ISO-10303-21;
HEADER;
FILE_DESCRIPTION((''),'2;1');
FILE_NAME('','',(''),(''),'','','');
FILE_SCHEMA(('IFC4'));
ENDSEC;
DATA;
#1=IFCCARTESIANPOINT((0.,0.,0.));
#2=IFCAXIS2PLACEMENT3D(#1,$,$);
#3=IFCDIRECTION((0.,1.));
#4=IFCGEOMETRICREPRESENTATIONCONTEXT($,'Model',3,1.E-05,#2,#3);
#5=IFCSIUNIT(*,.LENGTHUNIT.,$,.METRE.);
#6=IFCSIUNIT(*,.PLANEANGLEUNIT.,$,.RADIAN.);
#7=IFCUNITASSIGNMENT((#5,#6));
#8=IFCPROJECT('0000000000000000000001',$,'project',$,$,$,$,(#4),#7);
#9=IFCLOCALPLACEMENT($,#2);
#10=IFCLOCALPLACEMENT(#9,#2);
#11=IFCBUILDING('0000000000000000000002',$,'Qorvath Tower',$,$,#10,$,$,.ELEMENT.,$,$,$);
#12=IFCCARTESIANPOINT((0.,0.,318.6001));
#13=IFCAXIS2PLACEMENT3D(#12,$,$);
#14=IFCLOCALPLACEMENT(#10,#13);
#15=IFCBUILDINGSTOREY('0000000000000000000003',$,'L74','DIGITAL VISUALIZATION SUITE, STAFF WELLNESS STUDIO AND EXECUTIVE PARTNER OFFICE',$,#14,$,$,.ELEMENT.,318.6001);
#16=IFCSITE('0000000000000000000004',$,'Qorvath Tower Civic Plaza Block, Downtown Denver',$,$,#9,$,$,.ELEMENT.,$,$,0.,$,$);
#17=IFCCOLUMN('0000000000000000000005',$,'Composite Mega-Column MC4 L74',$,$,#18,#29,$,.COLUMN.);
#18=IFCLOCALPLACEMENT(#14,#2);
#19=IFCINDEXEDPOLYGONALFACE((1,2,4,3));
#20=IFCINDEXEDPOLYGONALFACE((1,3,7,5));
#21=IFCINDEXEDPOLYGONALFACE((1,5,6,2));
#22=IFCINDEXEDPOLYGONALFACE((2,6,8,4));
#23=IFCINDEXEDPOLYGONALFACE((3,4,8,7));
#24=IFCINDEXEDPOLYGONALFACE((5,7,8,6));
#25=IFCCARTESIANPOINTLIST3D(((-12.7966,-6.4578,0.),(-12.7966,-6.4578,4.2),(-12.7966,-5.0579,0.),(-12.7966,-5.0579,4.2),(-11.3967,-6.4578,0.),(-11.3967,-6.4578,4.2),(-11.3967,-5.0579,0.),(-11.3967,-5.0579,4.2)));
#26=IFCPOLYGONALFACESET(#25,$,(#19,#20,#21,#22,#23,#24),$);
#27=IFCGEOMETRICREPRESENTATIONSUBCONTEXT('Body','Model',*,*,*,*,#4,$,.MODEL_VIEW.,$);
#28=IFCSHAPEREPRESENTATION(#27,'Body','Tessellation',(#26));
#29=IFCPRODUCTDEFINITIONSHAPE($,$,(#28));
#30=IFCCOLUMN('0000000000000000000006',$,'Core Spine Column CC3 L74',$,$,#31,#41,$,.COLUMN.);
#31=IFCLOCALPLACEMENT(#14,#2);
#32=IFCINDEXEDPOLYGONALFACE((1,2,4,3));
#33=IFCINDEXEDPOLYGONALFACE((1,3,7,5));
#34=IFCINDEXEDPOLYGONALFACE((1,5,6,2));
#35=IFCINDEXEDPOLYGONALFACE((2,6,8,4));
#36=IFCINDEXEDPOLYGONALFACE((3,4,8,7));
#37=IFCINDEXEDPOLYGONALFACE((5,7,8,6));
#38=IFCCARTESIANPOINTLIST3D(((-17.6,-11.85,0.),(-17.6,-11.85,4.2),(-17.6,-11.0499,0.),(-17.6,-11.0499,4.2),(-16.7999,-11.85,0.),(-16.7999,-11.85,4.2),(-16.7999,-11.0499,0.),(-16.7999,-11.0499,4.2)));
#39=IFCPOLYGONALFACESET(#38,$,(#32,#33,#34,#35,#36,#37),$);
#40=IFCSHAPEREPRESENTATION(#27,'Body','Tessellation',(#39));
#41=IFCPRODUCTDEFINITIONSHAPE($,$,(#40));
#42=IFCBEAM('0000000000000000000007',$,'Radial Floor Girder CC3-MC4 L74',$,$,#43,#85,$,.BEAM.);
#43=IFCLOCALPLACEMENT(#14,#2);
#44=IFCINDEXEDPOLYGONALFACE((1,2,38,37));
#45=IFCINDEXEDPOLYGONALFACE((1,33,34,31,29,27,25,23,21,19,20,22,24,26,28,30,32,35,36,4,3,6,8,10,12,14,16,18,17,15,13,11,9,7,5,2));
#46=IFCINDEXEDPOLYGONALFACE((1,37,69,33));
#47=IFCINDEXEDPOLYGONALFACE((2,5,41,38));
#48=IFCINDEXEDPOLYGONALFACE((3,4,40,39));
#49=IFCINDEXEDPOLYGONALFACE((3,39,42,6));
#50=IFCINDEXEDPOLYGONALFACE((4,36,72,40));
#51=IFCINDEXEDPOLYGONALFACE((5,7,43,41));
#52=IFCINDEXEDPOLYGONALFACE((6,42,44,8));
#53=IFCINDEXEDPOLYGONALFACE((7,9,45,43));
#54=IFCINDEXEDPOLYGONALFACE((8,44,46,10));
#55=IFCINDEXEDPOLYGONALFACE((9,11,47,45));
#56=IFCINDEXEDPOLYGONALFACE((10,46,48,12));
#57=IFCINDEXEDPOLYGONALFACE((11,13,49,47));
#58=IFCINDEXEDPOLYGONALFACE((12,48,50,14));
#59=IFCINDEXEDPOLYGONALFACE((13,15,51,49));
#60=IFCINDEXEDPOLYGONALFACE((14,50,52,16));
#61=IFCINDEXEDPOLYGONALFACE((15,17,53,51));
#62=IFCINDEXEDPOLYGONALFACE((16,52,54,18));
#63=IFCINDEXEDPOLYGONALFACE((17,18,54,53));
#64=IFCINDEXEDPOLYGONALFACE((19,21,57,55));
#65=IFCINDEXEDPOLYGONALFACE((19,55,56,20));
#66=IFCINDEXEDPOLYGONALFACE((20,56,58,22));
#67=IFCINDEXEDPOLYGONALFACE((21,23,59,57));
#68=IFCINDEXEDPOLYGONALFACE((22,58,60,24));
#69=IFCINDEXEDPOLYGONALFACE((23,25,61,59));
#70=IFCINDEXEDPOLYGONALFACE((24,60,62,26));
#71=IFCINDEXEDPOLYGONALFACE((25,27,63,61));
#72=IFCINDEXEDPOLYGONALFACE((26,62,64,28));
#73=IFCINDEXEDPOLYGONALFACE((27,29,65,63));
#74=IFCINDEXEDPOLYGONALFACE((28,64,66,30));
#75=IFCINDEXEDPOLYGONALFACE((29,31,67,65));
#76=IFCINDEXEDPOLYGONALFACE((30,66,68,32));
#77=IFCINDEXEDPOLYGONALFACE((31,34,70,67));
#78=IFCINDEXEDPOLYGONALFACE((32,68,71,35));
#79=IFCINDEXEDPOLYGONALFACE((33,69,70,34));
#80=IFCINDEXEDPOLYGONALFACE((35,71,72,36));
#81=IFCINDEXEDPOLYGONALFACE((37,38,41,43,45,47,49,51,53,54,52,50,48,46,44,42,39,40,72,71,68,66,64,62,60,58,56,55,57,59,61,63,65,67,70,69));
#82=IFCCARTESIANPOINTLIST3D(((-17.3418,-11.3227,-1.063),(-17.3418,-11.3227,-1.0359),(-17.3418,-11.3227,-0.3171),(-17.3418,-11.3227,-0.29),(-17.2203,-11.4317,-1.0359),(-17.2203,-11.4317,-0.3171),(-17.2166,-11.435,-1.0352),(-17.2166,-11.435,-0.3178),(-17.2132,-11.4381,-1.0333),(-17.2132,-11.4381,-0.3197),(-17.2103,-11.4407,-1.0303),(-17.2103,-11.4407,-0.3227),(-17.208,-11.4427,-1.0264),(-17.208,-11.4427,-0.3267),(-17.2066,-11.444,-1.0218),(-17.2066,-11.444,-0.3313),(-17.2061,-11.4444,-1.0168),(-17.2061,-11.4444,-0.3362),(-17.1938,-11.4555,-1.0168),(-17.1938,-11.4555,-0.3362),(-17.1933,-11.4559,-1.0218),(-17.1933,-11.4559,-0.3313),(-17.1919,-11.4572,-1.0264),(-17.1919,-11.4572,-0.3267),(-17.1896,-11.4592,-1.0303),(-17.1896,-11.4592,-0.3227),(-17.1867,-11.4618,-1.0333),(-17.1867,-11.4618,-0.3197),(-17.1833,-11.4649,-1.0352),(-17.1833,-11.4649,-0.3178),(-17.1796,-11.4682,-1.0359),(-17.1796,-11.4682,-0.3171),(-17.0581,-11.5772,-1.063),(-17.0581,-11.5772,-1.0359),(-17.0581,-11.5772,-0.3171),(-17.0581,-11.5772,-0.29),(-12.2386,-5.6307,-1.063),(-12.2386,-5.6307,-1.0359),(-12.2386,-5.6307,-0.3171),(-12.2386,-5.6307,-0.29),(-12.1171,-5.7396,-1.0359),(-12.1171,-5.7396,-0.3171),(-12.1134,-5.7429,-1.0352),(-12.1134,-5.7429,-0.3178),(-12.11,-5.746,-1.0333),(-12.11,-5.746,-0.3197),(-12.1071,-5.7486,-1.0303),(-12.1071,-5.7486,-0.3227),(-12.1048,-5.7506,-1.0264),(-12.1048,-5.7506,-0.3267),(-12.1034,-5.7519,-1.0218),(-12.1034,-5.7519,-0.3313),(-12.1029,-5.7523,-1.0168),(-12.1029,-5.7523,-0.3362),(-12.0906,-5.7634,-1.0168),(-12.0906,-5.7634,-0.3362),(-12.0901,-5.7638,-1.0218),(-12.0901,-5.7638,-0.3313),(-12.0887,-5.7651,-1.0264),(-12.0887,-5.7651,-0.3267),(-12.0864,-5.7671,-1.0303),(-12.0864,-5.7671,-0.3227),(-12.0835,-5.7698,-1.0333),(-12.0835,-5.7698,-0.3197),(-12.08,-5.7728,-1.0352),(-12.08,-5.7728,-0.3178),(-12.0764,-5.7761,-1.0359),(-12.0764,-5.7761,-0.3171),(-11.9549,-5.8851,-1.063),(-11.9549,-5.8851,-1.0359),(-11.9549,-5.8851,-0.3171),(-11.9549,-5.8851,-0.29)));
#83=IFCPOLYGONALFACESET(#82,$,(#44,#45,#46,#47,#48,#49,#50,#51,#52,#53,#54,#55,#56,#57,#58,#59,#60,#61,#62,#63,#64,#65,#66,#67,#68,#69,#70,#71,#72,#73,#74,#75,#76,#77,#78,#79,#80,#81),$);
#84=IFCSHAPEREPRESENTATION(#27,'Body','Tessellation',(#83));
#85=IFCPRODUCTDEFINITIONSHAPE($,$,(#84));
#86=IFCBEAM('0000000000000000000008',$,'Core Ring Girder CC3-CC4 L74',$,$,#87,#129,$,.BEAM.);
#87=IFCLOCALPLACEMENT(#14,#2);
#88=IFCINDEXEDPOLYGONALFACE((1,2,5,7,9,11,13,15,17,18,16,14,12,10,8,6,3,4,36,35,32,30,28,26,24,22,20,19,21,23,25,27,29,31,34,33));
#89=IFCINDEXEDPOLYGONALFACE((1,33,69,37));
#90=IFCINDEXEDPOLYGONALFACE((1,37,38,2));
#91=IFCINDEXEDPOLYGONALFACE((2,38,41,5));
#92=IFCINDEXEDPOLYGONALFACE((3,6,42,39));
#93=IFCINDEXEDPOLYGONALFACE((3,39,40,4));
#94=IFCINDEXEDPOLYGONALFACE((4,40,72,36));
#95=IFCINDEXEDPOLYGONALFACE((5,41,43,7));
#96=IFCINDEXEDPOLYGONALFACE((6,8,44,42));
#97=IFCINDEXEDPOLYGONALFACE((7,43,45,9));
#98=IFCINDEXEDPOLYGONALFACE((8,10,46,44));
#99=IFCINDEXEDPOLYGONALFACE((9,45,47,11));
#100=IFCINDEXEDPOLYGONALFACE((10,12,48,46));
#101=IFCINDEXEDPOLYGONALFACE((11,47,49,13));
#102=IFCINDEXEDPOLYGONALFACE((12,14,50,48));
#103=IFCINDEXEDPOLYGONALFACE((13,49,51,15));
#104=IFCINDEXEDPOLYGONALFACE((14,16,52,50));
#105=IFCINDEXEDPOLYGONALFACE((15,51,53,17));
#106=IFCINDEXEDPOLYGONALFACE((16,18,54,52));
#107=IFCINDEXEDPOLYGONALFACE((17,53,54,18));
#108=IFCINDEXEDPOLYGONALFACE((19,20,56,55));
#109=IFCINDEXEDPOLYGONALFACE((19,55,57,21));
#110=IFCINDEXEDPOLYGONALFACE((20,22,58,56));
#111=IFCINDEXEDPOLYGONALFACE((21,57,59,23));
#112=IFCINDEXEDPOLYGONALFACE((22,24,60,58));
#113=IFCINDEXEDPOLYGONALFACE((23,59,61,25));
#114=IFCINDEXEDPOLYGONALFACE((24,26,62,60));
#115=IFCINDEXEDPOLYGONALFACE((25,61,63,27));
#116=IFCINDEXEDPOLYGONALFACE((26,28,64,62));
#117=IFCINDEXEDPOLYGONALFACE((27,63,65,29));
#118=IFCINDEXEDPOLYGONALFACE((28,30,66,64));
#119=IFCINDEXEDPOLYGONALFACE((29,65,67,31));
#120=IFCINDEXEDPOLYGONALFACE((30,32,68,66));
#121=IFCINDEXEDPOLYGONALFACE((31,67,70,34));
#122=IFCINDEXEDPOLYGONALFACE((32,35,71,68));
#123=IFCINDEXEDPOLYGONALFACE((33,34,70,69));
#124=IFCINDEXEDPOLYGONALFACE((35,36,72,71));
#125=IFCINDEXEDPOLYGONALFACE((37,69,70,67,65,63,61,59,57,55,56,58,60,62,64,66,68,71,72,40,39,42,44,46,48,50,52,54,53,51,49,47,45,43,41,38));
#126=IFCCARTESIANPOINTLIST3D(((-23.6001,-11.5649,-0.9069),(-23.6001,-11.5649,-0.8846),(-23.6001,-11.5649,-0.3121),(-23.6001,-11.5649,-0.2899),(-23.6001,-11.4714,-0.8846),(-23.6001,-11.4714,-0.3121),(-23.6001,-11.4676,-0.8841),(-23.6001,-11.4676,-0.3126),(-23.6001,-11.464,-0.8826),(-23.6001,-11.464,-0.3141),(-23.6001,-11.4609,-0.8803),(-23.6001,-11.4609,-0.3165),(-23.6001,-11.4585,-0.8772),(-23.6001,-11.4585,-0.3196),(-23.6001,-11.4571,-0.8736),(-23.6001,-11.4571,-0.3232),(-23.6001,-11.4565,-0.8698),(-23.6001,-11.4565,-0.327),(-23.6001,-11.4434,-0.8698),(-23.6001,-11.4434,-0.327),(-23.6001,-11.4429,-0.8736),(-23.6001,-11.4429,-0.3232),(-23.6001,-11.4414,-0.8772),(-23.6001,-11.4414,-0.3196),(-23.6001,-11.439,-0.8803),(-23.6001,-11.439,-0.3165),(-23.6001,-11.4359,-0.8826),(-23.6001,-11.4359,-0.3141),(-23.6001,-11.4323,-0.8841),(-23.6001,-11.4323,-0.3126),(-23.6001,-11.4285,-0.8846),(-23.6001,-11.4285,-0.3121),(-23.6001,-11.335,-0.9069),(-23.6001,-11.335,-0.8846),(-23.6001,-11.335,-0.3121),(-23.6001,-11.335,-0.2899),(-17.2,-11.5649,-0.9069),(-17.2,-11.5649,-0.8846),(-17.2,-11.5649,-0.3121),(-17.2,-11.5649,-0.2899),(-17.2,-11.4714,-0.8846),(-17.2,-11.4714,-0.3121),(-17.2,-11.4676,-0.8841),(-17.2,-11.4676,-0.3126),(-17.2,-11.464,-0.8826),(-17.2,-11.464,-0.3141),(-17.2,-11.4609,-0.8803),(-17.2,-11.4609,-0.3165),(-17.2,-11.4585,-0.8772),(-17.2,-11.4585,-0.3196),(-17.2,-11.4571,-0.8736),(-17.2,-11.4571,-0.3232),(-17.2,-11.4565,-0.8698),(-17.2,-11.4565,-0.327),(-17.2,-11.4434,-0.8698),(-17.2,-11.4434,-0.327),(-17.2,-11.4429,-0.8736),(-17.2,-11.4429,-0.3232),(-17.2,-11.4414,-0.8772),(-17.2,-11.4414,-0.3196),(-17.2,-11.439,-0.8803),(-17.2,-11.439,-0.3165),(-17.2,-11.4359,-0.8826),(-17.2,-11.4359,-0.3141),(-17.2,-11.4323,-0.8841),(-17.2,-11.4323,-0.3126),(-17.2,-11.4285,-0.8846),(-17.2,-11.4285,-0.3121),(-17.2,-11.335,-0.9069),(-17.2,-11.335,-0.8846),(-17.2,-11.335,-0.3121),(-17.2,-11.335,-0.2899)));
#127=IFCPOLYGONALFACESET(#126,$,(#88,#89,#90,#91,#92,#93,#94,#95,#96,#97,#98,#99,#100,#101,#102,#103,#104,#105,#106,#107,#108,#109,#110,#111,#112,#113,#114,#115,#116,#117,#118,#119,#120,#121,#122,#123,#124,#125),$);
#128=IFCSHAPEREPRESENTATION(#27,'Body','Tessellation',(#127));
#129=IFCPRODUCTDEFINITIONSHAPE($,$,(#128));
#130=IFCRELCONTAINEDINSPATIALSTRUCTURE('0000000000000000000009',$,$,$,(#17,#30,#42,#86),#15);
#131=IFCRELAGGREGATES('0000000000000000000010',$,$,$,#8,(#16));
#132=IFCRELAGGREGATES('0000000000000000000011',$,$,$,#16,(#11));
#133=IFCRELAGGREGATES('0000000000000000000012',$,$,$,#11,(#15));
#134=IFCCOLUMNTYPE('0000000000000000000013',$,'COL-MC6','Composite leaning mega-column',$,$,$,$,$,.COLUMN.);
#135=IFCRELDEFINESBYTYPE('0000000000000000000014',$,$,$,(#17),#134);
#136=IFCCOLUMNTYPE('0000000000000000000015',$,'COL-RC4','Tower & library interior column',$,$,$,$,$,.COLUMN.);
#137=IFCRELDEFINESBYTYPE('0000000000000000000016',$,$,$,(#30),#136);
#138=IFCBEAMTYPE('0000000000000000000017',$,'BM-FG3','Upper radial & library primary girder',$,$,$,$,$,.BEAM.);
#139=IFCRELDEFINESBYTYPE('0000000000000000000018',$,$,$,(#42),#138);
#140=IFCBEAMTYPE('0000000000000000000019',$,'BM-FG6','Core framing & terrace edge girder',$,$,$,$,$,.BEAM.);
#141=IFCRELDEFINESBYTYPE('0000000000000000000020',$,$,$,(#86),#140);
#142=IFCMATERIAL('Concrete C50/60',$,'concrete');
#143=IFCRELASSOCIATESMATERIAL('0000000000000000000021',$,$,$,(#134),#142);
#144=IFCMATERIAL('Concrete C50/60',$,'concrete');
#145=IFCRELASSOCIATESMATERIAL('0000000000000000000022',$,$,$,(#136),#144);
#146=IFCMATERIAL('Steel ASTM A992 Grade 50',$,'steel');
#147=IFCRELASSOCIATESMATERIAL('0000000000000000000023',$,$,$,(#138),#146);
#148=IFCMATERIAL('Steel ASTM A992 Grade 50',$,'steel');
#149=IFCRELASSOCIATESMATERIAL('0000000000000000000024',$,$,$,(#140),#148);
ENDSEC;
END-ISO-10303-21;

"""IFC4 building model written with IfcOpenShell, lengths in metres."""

from ifc_helpers import new_model, si_unit, direction, frame, origin, origin_2d, place, context, subcontext, project, spatial, rectangle, i_section, extrude, material, material_profile, profile_set, type_object, element, save


model = new_model("IFC4")

# Units and contexts
model_context = context("Model", 3, precision=1e-05, world=origin(), true_north=direction((0.0, 1.0)))
body_context = subcontext(model_context, "Body", "Model", "MODEL_VIEW")
ifc_project = project(units=[si_unit("LENGTHUNIT", "METRE"), si_unit("PLANEANGLEUNIT", "RADIAN")], contexts=[model_context])

# Site, building, storey
site_placement = place(None, origin())
site = spatial("IfcSite", under=ifc_project, at=site_placement, Name="Qorvath Tower Civic Plaza Block, Downtown Denver", CompositionType="ELEMENT", RefElevation=0.0)
building_placement = place(site_placement, origin())
building = spatial("IfcBuilding", under=site, at=building_placement, Name="Qorvath Tower", CompositionType="ELEMENT")
storey_placement = place(building_placement, frame((0.0, 0.0, 318.6001)))
storey = spatial("IfcBuildingStorey", under=building, at=storey_placement, Name="L74", Description="DIGITAL VISUALIZATION SUITE, STAFF WELLNESS STUDIO AND EXECUTIVE PARTNER OFFICE", CompositionType="ELEMENT", Elevation=318.6001)

# Columns
ifc_material_1 = material(Name="Concrete C50/60", Category="concrete")
ifc_material_profile_1 = material_profile(ifc_material_1, rectangle(XDim=1.3999, YDim=1.3999, at=origin_2d()), Name="MC 1400x1400")
ifc_profile_set_1 = profile_set([ifc_material_profile_1], Name="Concrete C50/60")
column_type_1 = type_object("IfcColumnType", Name="COL-MC6", Description="Composite leaning mega-column", PredefinedType="COLUMN", material=ifc_profile_set_1)
column_1_placement = place(storey_placement, frame((-12.0967, -5.7578, 0.0), z_axis=(0.0, 0.0, 1.0), x_axis=(1.0, 0.0, 0.0)))
element("IfcColumn", 1, at=column_1_placement, inside=storey, type_object=column_type_1, Name="Composite Mega-Column MC4 L74", PredefinedType="COLUMN", context=body_context, shape_type="SweptSolid", body=[
    extrude(rectangle(XDim=1.3999, YDim=1.3999, at=origin_2d()), origin(), (0.0, 0.0, 1.0), 4.2),
])
ifc_material_2 = material(Name="Concrete C50/60", Category="concrete")
ifc_material_profile_2 = material_profile(ifc_material_2, rectangle(XDim=0.8, YDim=0.8, at=origin_2d()), Name="RC 800x800")
ifc_profile_set_2 = profile_set([ifc_material_profile_2], Name="Concrete C50/60")
column_type_2 = type_object("IfcColumnType", Name="COL-RC4", Description="Tower & library interior column", PredefinedType="COLUMN", material=ifc_profile_set_2)
column_2_placement = place(storey_placement, frame((-17.2, -11.45, 0.0), z_axis=(0.0, 0.0, 1.0), x_axis=(1.0, 0.0, 0.0)))
element("IfcColumn", 2, at=column_2_placement, inside=storey, type_object=column_type_2, Name="Core Spine Column CC3 L74", PredefinedType="COLUMN", context=body_context, shape_type="SweptSolid", body=[
    extrude(rectangle(XDim=0.8, YDim=0.8, at=origin_2d()), origin(), (0.0, 0.0, 1.0), 4.2),
])

# Beams
ifc_material_3 = material(Name="Steel ASTM A992 Grade 50", Category="steel")
ifc_material_profile_3 = material_profile(ifc_material_3, i_section(OverallWidth=0.3811, OverallDepth=0.7729, WebThickness=0.0166, FlangeThickness=0.0271, FilletRadius=0.019, at=origin_2d()), Name="W30x173")
ifc_profile_set_3 = profile_set([ifc_material_profile_3], Name="Steel ASTM A992 Grade 50")
beam_type_1 = type_object("IfcBeamType", Name="BM-FG3", Description="Upper radial & library primary girder", PredefinedType="BEAM", material=ifc_profile_set_3)
beam_1_placement = place(storey_placement, frame((-17.2, -11.45, -0.6765), z_axis=(0.667543, 0.744571, 0.0), x_axis=(-0.744571, 0.667543, 0.0)))
element("IfcBeam", 3, at=beam_1_placement, inside=storey, type_object=beam_type_1, Name="Radial Floor Girder CC3-MC4 L74", PredefinedType="BEAM", context=body_context, shape_type="SweptSolid", body=[
    extrude(i_section(OverallWidth=0.3811, OverallDepth=0.7729, WebThickness=0.0166, FlangeThickness=0.0271, FilletRadius=0.019, at=origin_2d()), origin(), (0.0, 0.0, 1.0), 7.6448),
])
ifc_material_4 = material(Name="Steel ASTM A992 Grade 50", Category="steel")
ifc_material_profile_4 = material_profile(ifc_material_4, i_section(OverallWidth=0.23, OverallDepth=0.6169, WebThickness=0.0132, FlangeThickness=0.0222, FilletRadius=0.0149, at=origin_2d()), Name="W24x94")
ifc_profile_set_4 = profile_set([ifc_material_profile_4], Name="Steel ASTM A992 Grade 50")
beam_type_2 = type_object("IfcBeamType", Name="BM-FG6", Description="Core framing & terrace edge girder", PredefinedType="BEAM", material=ifc_profile_set_4)
beam_2_placement = place(storey_placement, frame((-17.2, -11.45, -0.5984), z_axis=(-1.0, 0.0, 0.0), x_axis=(0.0, -1.0, 0.0)))
element("IfcBeam", 4, at=beam_2_placement, inside=storey, type_object=beam_type_2, Name="Core Ring Girder CC3-CC4 L74", PredefinedType="BEAM", context=body_context, shape_type="SweptSolid", body=[
    extrude(i_section(OverallWidth=0.23, OverallDepth=0.6169, WebThickness=0.0132, FlangeThickness=0.0222, FilletRadius=0.0149, at=origin_2d()), origin(), (0.0, 0.0, 1.0), 6.4001),
])

save(model, "model.ifc")
